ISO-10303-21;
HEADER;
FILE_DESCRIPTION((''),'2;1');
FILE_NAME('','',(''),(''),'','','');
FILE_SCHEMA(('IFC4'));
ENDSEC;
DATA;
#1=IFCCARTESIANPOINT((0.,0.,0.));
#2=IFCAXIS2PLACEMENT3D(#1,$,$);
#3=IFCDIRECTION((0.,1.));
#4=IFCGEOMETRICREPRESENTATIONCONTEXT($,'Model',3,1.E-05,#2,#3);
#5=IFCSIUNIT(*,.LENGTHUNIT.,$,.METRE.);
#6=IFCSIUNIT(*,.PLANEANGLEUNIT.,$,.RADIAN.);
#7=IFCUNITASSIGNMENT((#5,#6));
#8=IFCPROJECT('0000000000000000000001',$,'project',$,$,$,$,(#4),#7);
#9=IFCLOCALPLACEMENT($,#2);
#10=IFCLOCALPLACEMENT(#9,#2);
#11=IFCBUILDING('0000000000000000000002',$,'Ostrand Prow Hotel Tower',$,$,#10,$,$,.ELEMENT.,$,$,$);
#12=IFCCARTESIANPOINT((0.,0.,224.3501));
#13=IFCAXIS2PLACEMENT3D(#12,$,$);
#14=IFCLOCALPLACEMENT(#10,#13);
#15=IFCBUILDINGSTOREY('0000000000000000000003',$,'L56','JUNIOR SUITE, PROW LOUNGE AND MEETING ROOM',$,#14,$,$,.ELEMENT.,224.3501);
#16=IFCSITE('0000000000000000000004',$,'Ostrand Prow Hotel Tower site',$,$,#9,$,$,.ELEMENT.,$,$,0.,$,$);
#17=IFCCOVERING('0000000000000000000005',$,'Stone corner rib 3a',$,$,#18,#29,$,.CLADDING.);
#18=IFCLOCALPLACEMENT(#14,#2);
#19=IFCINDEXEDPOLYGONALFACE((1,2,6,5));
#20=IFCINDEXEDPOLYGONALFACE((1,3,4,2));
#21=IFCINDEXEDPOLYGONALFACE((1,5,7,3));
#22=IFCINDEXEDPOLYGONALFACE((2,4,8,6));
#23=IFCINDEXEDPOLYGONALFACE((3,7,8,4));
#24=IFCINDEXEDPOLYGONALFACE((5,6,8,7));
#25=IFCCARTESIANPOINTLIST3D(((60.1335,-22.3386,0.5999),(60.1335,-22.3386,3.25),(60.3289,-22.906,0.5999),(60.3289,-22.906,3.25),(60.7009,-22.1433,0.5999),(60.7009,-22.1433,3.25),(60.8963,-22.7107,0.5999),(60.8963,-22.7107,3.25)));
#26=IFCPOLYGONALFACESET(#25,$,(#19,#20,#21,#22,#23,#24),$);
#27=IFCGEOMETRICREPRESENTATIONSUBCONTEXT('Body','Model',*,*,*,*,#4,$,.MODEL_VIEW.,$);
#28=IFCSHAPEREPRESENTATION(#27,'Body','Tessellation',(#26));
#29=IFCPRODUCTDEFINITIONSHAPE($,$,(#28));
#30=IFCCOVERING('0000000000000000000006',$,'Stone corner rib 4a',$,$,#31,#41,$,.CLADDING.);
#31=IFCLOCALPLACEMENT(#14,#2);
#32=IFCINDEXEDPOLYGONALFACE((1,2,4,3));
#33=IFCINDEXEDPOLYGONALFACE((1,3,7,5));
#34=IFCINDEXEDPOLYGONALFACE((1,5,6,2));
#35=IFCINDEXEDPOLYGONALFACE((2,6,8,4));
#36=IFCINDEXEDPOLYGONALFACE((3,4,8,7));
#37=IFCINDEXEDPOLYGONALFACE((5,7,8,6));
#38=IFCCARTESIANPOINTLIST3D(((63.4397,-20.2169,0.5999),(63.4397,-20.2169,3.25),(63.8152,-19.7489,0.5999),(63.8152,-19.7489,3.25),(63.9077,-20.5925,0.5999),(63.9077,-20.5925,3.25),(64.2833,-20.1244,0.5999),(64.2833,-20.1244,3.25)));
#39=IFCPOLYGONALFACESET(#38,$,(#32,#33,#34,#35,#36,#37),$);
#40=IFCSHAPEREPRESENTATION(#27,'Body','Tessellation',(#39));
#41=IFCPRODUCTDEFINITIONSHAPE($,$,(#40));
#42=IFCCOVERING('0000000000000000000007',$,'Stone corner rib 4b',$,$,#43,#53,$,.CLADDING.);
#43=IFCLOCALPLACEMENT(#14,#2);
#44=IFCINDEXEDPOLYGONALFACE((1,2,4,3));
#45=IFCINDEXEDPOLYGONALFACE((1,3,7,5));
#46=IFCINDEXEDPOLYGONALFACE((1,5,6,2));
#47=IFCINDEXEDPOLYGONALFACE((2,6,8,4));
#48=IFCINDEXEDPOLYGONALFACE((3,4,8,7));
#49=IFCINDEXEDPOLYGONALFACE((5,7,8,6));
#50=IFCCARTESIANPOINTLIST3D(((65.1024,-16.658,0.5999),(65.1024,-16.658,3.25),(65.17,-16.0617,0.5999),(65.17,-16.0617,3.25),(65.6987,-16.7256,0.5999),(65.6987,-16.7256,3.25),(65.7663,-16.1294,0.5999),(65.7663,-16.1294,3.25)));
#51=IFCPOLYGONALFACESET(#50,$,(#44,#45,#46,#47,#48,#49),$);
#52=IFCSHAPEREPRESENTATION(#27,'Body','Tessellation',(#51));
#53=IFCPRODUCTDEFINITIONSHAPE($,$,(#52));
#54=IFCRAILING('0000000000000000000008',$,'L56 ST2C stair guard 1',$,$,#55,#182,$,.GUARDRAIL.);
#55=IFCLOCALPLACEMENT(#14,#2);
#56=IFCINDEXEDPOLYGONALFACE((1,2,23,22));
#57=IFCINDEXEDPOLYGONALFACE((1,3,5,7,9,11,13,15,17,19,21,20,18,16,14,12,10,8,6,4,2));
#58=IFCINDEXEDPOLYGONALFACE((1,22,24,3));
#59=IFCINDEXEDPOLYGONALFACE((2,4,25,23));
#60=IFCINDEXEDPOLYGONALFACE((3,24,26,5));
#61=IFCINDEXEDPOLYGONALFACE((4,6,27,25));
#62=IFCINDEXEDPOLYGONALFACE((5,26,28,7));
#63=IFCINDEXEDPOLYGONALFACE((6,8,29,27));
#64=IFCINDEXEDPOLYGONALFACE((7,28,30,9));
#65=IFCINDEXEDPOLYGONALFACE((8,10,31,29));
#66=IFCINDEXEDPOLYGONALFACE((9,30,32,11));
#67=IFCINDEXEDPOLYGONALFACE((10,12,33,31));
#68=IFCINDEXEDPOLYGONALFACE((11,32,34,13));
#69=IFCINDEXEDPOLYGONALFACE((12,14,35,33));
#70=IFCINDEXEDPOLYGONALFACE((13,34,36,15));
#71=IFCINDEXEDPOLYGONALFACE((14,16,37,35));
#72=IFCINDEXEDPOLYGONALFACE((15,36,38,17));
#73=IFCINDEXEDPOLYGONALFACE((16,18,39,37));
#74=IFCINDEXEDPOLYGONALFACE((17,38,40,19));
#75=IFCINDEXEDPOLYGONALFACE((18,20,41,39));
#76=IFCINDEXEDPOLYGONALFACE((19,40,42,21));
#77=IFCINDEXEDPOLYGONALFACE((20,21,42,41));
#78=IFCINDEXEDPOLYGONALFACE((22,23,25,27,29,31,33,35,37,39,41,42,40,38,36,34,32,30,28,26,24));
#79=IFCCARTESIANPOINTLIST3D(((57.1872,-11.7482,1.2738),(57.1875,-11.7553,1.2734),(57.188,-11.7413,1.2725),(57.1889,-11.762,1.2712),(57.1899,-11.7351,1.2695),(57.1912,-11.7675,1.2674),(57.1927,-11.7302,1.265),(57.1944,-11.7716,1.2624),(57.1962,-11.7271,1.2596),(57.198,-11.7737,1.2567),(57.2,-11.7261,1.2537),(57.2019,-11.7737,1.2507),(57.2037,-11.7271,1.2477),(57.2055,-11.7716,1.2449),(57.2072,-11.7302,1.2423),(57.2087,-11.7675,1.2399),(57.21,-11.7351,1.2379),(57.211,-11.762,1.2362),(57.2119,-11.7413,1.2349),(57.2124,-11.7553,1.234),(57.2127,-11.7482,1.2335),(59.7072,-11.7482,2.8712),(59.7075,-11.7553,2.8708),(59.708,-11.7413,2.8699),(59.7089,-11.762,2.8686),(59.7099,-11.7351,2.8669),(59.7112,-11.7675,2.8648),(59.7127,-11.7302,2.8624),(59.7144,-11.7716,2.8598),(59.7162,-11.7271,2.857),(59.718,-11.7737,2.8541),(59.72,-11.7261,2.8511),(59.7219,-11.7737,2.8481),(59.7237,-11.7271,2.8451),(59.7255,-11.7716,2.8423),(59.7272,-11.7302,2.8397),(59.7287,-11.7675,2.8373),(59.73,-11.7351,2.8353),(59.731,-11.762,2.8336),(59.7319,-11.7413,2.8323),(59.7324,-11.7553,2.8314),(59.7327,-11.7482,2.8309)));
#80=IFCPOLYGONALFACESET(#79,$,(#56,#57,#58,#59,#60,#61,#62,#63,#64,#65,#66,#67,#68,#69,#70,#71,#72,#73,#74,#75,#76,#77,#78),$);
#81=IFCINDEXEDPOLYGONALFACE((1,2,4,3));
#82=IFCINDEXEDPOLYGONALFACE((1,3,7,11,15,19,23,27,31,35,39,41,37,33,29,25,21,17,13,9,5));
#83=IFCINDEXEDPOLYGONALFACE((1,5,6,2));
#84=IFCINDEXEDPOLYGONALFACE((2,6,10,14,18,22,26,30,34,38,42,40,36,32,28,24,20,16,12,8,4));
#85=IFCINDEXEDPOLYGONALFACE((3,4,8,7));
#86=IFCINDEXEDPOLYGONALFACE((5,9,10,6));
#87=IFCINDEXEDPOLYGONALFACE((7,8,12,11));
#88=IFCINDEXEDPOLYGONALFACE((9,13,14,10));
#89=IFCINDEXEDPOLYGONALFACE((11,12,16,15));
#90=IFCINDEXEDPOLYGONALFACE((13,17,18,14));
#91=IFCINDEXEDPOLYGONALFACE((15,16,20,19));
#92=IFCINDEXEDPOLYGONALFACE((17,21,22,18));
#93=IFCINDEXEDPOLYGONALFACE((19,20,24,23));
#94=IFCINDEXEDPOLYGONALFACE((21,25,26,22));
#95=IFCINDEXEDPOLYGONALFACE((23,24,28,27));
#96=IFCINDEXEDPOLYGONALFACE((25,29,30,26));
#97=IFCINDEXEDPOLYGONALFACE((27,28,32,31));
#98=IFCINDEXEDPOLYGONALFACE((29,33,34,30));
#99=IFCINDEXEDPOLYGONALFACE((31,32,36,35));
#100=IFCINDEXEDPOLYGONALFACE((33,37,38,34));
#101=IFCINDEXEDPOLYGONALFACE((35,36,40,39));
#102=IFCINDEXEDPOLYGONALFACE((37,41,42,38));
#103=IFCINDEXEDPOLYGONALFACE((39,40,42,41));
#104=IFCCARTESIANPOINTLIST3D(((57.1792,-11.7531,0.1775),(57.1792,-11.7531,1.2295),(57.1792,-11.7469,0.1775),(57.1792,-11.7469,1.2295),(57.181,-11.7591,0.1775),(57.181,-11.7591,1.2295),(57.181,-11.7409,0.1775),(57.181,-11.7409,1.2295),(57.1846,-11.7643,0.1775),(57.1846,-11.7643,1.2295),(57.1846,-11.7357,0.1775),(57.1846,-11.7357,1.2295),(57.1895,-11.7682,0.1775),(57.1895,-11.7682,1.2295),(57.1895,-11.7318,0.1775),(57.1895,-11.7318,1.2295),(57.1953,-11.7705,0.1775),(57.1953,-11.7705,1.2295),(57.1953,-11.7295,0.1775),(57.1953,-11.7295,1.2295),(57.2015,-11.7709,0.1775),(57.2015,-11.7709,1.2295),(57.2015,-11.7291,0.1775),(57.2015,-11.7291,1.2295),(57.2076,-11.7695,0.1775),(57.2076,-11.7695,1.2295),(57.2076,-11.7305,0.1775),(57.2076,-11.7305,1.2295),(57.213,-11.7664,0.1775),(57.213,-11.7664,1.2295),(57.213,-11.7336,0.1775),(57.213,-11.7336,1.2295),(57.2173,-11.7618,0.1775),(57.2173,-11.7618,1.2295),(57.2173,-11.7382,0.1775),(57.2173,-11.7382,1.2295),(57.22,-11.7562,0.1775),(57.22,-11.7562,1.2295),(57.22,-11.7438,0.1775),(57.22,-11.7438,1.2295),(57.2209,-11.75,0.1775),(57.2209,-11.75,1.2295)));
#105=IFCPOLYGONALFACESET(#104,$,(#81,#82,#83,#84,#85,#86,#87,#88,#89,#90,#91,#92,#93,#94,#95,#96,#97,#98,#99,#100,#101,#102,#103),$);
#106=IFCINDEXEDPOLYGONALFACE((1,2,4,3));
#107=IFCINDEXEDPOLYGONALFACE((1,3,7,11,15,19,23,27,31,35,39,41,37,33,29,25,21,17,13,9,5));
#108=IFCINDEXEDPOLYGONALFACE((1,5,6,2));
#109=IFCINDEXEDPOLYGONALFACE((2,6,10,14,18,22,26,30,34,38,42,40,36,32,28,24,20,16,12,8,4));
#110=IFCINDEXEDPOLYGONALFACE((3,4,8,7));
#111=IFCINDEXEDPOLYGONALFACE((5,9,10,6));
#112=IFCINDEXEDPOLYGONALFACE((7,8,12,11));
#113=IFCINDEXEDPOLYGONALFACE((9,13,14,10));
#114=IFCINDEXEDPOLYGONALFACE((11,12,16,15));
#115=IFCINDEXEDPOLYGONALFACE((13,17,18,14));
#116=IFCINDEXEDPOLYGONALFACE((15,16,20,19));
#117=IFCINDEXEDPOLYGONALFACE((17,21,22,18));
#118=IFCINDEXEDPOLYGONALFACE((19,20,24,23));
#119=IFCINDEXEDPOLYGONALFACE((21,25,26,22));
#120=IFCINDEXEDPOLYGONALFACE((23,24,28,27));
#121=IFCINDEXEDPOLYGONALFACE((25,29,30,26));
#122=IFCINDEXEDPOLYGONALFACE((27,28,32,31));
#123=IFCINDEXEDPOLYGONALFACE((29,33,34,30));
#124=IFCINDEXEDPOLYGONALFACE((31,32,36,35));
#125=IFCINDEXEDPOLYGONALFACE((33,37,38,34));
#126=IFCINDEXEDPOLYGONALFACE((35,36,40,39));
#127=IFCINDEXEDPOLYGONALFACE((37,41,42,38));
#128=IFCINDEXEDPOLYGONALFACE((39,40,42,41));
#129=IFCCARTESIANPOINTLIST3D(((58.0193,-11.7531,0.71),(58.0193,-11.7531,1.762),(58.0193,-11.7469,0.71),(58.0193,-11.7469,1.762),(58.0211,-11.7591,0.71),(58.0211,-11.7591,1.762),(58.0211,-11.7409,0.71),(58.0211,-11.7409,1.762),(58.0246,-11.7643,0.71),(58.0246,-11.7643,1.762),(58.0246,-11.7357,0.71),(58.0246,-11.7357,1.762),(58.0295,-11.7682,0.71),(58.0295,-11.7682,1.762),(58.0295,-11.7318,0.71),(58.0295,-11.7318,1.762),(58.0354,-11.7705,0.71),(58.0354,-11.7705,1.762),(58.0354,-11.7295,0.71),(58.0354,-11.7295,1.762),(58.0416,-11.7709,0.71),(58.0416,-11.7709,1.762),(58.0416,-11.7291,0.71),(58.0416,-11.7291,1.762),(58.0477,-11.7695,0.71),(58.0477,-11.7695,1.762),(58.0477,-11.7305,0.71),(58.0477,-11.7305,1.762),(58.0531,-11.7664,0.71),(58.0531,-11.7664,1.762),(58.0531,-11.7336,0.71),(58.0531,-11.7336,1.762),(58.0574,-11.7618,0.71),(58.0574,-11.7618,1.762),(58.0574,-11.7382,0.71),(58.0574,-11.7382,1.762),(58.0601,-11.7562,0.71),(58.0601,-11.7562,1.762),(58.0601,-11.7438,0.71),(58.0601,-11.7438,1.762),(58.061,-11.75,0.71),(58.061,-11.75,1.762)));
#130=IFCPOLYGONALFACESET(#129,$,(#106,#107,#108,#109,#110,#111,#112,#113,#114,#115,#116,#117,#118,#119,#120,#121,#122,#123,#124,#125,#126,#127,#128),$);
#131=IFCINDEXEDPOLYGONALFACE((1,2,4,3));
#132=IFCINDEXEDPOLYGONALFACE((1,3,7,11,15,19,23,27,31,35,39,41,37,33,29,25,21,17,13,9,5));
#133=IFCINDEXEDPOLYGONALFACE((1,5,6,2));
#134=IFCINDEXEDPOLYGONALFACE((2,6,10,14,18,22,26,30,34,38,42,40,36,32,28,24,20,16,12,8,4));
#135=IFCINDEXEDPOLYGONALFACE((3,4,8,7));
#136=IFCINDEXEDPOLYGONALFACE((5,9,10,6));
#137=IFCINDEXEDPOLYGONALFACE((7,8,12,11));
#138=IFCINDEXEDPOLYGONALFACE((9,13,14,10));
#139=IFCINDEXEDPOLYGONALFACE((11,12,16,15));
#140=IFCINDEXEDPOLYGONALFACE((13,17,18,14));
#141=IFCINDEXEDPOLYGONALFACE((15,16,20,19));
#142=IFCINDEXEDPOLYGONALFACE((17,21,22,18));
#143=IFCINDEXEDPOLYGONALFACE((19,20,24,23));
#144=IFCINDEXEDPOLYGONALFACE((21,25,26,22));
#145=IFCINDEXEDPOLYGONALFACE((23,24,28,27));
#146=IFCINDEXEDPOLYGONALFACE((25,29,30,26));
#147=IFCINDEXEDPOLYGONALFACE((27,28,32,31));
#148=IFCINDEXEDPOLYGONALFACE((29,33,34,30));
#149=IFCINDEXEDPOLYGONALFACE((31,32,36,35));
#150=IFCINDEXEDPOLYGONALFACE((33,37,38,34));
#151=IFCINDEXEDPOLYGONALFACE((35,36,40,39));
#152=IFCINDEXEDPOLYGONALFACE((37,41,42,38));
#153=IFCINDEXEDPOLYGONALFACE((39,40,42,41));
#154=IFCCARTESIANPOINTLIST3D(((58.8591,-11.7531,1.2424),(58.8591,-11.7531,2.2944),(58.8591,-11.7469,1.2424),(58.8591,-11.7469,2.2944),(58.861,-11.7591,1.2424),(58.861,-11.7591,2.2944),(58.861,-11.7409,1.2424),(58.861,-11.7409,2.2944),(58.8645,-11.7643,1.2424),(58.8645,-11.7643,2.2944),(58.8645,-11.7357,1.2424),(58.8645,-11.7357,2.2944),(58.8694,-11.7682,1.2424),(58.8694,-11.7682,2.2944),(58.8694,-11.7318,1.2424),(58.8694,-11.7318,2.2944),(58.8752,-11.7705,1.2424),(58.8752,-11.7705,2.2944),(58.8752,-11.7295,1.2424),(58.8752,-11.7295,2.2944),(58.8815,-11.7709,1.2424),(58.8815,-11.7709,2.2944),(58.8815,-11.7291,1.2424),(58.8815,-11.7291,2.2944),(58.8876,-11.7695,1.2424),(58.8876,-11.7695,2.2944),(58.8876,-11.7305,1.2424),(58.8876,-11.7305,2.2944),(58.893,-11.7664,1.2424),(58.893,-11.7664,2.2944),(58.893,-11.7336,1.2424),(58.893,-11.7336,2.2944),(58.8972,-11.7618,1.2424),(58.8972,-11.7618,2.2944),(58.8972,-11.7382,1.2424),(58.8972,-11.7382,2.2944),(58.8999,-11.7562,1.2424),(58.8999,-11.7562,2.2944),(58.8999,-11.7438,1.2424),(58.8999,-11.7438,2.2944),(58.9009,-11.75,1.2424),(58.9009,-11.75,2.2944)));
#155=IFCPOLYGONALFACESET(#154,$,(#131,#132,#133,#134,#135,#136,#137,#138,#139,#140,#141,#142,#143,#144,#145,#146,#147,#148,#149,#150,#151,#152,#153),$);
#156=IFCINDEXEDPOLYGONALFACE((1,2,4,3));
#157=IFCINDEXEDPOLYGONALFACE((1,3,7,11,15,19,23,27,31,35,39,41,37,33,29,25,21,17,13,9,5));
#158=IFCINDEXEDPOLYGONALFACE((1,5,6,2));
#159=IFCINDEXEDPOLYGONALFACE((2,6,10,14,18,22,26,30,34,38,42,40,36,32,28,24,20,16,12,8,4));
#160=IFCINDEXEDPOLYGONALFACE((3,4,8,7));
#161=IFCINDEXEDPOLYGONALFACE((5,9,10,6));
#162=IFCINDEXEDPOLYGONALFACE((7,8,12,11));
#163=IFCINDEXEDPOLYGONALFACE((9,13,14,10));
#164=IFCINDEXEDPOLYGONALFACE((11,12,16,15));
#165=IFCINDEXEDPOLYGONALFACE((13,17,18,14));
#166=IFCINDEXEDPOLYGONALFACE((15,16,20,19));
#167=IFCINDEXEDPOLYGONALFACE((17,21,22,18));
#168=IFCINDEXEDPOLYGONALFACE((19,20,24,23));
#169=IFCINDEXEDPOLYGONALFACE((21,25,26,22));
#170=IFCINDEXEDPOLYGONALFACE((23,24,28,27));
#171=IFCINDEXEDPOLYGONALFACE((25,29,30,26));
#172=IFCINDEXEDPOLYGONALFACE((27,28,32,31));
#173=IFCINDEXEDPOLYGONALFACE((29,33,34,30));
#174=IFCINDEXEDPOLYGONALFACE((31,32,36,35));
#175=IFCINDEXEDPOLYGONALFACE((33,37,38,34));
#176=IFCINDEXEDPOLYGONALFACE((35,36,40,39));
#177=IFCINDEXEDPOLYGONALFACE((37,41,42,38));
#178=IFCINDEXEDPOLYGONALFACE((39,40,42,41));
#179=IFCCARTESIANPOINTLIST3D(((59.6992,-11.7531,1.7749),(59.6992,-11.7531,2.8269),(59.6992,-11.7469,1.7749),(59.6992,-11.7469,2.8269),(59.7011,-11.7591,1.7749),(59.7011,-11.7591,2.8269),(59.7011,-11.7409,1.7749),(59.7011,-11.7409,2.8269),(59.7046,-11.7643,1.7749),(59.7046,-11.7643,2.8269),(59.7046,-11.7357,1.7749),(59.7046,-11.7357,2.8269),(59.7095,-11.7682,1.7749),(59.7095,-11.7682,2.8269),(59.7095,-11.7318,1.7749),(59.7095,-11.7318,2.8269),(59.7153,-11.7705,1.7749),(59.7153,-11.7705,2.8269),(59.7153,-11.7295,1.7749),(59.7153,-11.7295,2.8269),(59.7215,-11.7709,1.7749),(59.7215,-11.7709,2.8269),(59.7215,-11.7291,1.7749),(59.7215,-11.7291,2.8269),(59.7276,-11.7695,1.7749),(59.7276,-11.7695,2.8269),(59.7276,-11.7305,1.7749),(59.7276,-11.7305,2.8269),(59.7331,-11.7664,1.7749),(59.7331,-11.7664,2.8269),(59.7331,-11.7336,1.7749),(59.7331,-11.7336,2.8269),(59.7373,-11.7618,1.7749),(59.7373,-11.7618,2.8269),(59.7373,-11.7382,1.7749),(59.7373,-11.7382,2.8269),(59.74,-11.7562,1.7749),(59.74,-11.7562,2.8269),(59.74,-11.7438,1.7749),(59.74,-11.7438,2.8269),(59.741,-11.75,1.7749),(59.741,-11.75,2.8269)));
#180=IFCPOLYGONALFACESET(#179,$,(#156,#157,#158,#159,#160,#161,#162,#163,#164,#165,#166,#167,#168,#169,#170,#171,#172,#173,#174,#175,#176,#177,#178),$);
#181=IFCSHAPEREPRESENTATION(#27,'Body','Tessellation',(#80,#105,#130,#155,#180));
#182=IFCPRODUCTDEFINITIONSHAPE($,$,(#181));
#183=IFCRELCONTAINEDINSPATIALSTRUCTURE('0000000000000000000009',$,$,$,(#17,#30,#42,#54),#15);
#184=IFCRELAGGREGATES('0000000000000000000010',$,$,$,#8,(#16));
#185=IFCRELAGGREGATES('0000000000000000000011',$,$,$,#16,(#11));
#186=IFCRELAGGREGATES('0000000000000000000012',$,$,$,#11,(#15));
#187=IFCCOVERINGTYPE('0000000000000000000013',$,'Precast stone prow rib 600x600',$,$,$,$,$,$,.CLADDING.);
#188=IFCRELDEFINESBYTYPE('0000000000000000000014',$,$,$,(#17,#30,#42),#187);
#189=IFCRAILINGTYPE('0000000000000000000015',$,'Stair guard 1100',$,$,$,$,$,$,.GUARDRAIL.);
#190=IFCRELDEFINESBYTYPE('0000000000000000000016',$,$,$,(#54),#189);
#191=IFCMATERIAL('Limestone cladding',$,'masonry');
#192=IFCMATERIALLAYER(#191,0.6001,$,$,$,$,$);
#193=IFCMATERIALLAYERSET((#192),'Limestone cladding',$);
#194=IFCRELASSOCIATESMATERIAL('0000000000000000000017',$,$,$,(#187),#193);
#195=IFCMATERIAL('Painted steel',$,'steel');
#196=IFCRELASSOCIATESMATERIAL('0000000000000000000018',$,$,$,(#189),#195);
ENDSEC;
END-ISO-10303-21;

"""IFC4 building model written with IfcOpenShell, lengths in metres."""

from ifc_helpers import new_model, si_unit, direction, frame, frame_2d, origin, origin_2d, place, context, subcontext, project, spatial, rectangle, circle, extrude, material, layer, layer_set, type_object, element, save


model = new_model("IFC4")

# Units and contexts
model_context = context("Model", 3, precision=1e-05, world=origin(), true_north=direction((0.0, 1.0)))
body_context = subcontext(model_context, "Body", "Model", "MODEL_VIEW")
ifc_project = project(units=[si_unit("LENGTHUNIT", "METRE"), si_unit("PLANEANGLEUNIT", "RADIAN")], contexts=[model_context])

# Site, building, storey
site_placement = place(None, origin())
site = spatial("IfcSite", under=ifc_project, at=site_placement, Name="Ostrand Prow Hotel Tower site", CompositionType="ELEMENT", RefElevation=0.0)
building_placement = place(site_placement, origin())
building = spatial("IfcBuilding", under=site, at=building_placement, Name="Ostrand Prow Hotel Tower", CompositionType="ELEMENT")
storey_placement = place(building_placement, frame((0.0, 0.0, 224.3501)))
storey = spatial("IfcBuildingStorey", under=building, at=storey_placement, Name="L56", Description="JUNIOR SUITE, PROW LOUNGE AND MEETING ROOM", CompositionType="ELEMENT", Elevation=224.3501)

# Coverings
ifc_material_1 = material(Name="Limestone cladding", Category="masonry")
ifc_layer_1 = layer(ifc_material_1, 0.6001)
ifc_layer_set_1 = layer_set([ifc_layer_1], Name="Limestone cladding")
covering_type = type_object("IfcCoveringType", Name="Precast stone prow rib 600x600", PredefinedType="CLADDING", material=ifc_layer_set_1)
for number, where, z_axis, x_axis, name in (
    (1, (60.4172, -22.241, 0.5999), (0.0, 0.0, 1.0), (0.325489, -0.945546, 0.0), "Stone corner rib 3a"),
    (2, (63.6274, -19.9829, 0.5999), (0.0, 0.0, 1.0), (0.779995, -0.625786, 0.0), "Stone corner rib 4a"),
    (3, (65.1362, -16.3599, 0.5999), (0.0, 0.0, 1.0), (0.993628, -0.112709, 0.0), "Stone corner rib 4b"),
):
    element("IfcCovering", number, at=place(storey_placement, frame(where, z_axis=z_axis, x_axis=x_axis)), inside=storey, type_object=covering_type, Name=name, PredefinedType="CLADDING", context=body_context, shape_type="SweptSolid", body=[
        extrude(rectangle(XDim=0.6001, YDim=0.6001, at=frame_2d((0.3, 0.0))), origin(), (0.0, 0.0, 1.0), 2.6501),
    ])

# Railing
ifc_material_2 = material(Name="Painted steel", Category="steel")
railing_type_1 = type_object("IfcRailingType", Name="Stair guard 1100", PredefinedType="GUARDRAIL", material=ifc_material_2)
railing_1_placement = place(storey_placement, frame((57.2, -11.75, 0.1775)))
element("IfcRailing", 4, at=railing_1_placement, inside=storey, type_object=railing_type_1, Name="L56 ST2C stair guard 1", PredefinedType="GUARDRAIL", context=body_context, shape_type="SweptSolid", body=[
    extrude(circle(Radius=0.0239, at=origin_2d()), frame((0.0, 0.0, 1.0762), z_axis=(0.844607, 0.0, 0.535387), x_axis=(0.0, 1.0, 0.0)), (0.0, 0.0, 1.0), 2.9836),
    extrude(circle(Radius=0.021, at=origin_2d()), origin(), (0.0, 0.0, 1.0), 1.052),
    extrude(circle(Radius=0.021, at=origin_2d()), frame((0.8401, 0.0, 0.5325)), (0.0, 0.0, 1.0), 1.052),
    extrude(circle(Radius=0.021, at=origin_2d()), frame((1.6799, 0.0, 1.0649)), (0.0, 0.0, 1.0), 1.052),
    extrude(circle(Radius=0.021, at=origin_2d()), frame((2.52, 0.0, 1.5974)), (0.0, 0.0, 1.0), 1.052),
])

save(model, "model.ifc")
